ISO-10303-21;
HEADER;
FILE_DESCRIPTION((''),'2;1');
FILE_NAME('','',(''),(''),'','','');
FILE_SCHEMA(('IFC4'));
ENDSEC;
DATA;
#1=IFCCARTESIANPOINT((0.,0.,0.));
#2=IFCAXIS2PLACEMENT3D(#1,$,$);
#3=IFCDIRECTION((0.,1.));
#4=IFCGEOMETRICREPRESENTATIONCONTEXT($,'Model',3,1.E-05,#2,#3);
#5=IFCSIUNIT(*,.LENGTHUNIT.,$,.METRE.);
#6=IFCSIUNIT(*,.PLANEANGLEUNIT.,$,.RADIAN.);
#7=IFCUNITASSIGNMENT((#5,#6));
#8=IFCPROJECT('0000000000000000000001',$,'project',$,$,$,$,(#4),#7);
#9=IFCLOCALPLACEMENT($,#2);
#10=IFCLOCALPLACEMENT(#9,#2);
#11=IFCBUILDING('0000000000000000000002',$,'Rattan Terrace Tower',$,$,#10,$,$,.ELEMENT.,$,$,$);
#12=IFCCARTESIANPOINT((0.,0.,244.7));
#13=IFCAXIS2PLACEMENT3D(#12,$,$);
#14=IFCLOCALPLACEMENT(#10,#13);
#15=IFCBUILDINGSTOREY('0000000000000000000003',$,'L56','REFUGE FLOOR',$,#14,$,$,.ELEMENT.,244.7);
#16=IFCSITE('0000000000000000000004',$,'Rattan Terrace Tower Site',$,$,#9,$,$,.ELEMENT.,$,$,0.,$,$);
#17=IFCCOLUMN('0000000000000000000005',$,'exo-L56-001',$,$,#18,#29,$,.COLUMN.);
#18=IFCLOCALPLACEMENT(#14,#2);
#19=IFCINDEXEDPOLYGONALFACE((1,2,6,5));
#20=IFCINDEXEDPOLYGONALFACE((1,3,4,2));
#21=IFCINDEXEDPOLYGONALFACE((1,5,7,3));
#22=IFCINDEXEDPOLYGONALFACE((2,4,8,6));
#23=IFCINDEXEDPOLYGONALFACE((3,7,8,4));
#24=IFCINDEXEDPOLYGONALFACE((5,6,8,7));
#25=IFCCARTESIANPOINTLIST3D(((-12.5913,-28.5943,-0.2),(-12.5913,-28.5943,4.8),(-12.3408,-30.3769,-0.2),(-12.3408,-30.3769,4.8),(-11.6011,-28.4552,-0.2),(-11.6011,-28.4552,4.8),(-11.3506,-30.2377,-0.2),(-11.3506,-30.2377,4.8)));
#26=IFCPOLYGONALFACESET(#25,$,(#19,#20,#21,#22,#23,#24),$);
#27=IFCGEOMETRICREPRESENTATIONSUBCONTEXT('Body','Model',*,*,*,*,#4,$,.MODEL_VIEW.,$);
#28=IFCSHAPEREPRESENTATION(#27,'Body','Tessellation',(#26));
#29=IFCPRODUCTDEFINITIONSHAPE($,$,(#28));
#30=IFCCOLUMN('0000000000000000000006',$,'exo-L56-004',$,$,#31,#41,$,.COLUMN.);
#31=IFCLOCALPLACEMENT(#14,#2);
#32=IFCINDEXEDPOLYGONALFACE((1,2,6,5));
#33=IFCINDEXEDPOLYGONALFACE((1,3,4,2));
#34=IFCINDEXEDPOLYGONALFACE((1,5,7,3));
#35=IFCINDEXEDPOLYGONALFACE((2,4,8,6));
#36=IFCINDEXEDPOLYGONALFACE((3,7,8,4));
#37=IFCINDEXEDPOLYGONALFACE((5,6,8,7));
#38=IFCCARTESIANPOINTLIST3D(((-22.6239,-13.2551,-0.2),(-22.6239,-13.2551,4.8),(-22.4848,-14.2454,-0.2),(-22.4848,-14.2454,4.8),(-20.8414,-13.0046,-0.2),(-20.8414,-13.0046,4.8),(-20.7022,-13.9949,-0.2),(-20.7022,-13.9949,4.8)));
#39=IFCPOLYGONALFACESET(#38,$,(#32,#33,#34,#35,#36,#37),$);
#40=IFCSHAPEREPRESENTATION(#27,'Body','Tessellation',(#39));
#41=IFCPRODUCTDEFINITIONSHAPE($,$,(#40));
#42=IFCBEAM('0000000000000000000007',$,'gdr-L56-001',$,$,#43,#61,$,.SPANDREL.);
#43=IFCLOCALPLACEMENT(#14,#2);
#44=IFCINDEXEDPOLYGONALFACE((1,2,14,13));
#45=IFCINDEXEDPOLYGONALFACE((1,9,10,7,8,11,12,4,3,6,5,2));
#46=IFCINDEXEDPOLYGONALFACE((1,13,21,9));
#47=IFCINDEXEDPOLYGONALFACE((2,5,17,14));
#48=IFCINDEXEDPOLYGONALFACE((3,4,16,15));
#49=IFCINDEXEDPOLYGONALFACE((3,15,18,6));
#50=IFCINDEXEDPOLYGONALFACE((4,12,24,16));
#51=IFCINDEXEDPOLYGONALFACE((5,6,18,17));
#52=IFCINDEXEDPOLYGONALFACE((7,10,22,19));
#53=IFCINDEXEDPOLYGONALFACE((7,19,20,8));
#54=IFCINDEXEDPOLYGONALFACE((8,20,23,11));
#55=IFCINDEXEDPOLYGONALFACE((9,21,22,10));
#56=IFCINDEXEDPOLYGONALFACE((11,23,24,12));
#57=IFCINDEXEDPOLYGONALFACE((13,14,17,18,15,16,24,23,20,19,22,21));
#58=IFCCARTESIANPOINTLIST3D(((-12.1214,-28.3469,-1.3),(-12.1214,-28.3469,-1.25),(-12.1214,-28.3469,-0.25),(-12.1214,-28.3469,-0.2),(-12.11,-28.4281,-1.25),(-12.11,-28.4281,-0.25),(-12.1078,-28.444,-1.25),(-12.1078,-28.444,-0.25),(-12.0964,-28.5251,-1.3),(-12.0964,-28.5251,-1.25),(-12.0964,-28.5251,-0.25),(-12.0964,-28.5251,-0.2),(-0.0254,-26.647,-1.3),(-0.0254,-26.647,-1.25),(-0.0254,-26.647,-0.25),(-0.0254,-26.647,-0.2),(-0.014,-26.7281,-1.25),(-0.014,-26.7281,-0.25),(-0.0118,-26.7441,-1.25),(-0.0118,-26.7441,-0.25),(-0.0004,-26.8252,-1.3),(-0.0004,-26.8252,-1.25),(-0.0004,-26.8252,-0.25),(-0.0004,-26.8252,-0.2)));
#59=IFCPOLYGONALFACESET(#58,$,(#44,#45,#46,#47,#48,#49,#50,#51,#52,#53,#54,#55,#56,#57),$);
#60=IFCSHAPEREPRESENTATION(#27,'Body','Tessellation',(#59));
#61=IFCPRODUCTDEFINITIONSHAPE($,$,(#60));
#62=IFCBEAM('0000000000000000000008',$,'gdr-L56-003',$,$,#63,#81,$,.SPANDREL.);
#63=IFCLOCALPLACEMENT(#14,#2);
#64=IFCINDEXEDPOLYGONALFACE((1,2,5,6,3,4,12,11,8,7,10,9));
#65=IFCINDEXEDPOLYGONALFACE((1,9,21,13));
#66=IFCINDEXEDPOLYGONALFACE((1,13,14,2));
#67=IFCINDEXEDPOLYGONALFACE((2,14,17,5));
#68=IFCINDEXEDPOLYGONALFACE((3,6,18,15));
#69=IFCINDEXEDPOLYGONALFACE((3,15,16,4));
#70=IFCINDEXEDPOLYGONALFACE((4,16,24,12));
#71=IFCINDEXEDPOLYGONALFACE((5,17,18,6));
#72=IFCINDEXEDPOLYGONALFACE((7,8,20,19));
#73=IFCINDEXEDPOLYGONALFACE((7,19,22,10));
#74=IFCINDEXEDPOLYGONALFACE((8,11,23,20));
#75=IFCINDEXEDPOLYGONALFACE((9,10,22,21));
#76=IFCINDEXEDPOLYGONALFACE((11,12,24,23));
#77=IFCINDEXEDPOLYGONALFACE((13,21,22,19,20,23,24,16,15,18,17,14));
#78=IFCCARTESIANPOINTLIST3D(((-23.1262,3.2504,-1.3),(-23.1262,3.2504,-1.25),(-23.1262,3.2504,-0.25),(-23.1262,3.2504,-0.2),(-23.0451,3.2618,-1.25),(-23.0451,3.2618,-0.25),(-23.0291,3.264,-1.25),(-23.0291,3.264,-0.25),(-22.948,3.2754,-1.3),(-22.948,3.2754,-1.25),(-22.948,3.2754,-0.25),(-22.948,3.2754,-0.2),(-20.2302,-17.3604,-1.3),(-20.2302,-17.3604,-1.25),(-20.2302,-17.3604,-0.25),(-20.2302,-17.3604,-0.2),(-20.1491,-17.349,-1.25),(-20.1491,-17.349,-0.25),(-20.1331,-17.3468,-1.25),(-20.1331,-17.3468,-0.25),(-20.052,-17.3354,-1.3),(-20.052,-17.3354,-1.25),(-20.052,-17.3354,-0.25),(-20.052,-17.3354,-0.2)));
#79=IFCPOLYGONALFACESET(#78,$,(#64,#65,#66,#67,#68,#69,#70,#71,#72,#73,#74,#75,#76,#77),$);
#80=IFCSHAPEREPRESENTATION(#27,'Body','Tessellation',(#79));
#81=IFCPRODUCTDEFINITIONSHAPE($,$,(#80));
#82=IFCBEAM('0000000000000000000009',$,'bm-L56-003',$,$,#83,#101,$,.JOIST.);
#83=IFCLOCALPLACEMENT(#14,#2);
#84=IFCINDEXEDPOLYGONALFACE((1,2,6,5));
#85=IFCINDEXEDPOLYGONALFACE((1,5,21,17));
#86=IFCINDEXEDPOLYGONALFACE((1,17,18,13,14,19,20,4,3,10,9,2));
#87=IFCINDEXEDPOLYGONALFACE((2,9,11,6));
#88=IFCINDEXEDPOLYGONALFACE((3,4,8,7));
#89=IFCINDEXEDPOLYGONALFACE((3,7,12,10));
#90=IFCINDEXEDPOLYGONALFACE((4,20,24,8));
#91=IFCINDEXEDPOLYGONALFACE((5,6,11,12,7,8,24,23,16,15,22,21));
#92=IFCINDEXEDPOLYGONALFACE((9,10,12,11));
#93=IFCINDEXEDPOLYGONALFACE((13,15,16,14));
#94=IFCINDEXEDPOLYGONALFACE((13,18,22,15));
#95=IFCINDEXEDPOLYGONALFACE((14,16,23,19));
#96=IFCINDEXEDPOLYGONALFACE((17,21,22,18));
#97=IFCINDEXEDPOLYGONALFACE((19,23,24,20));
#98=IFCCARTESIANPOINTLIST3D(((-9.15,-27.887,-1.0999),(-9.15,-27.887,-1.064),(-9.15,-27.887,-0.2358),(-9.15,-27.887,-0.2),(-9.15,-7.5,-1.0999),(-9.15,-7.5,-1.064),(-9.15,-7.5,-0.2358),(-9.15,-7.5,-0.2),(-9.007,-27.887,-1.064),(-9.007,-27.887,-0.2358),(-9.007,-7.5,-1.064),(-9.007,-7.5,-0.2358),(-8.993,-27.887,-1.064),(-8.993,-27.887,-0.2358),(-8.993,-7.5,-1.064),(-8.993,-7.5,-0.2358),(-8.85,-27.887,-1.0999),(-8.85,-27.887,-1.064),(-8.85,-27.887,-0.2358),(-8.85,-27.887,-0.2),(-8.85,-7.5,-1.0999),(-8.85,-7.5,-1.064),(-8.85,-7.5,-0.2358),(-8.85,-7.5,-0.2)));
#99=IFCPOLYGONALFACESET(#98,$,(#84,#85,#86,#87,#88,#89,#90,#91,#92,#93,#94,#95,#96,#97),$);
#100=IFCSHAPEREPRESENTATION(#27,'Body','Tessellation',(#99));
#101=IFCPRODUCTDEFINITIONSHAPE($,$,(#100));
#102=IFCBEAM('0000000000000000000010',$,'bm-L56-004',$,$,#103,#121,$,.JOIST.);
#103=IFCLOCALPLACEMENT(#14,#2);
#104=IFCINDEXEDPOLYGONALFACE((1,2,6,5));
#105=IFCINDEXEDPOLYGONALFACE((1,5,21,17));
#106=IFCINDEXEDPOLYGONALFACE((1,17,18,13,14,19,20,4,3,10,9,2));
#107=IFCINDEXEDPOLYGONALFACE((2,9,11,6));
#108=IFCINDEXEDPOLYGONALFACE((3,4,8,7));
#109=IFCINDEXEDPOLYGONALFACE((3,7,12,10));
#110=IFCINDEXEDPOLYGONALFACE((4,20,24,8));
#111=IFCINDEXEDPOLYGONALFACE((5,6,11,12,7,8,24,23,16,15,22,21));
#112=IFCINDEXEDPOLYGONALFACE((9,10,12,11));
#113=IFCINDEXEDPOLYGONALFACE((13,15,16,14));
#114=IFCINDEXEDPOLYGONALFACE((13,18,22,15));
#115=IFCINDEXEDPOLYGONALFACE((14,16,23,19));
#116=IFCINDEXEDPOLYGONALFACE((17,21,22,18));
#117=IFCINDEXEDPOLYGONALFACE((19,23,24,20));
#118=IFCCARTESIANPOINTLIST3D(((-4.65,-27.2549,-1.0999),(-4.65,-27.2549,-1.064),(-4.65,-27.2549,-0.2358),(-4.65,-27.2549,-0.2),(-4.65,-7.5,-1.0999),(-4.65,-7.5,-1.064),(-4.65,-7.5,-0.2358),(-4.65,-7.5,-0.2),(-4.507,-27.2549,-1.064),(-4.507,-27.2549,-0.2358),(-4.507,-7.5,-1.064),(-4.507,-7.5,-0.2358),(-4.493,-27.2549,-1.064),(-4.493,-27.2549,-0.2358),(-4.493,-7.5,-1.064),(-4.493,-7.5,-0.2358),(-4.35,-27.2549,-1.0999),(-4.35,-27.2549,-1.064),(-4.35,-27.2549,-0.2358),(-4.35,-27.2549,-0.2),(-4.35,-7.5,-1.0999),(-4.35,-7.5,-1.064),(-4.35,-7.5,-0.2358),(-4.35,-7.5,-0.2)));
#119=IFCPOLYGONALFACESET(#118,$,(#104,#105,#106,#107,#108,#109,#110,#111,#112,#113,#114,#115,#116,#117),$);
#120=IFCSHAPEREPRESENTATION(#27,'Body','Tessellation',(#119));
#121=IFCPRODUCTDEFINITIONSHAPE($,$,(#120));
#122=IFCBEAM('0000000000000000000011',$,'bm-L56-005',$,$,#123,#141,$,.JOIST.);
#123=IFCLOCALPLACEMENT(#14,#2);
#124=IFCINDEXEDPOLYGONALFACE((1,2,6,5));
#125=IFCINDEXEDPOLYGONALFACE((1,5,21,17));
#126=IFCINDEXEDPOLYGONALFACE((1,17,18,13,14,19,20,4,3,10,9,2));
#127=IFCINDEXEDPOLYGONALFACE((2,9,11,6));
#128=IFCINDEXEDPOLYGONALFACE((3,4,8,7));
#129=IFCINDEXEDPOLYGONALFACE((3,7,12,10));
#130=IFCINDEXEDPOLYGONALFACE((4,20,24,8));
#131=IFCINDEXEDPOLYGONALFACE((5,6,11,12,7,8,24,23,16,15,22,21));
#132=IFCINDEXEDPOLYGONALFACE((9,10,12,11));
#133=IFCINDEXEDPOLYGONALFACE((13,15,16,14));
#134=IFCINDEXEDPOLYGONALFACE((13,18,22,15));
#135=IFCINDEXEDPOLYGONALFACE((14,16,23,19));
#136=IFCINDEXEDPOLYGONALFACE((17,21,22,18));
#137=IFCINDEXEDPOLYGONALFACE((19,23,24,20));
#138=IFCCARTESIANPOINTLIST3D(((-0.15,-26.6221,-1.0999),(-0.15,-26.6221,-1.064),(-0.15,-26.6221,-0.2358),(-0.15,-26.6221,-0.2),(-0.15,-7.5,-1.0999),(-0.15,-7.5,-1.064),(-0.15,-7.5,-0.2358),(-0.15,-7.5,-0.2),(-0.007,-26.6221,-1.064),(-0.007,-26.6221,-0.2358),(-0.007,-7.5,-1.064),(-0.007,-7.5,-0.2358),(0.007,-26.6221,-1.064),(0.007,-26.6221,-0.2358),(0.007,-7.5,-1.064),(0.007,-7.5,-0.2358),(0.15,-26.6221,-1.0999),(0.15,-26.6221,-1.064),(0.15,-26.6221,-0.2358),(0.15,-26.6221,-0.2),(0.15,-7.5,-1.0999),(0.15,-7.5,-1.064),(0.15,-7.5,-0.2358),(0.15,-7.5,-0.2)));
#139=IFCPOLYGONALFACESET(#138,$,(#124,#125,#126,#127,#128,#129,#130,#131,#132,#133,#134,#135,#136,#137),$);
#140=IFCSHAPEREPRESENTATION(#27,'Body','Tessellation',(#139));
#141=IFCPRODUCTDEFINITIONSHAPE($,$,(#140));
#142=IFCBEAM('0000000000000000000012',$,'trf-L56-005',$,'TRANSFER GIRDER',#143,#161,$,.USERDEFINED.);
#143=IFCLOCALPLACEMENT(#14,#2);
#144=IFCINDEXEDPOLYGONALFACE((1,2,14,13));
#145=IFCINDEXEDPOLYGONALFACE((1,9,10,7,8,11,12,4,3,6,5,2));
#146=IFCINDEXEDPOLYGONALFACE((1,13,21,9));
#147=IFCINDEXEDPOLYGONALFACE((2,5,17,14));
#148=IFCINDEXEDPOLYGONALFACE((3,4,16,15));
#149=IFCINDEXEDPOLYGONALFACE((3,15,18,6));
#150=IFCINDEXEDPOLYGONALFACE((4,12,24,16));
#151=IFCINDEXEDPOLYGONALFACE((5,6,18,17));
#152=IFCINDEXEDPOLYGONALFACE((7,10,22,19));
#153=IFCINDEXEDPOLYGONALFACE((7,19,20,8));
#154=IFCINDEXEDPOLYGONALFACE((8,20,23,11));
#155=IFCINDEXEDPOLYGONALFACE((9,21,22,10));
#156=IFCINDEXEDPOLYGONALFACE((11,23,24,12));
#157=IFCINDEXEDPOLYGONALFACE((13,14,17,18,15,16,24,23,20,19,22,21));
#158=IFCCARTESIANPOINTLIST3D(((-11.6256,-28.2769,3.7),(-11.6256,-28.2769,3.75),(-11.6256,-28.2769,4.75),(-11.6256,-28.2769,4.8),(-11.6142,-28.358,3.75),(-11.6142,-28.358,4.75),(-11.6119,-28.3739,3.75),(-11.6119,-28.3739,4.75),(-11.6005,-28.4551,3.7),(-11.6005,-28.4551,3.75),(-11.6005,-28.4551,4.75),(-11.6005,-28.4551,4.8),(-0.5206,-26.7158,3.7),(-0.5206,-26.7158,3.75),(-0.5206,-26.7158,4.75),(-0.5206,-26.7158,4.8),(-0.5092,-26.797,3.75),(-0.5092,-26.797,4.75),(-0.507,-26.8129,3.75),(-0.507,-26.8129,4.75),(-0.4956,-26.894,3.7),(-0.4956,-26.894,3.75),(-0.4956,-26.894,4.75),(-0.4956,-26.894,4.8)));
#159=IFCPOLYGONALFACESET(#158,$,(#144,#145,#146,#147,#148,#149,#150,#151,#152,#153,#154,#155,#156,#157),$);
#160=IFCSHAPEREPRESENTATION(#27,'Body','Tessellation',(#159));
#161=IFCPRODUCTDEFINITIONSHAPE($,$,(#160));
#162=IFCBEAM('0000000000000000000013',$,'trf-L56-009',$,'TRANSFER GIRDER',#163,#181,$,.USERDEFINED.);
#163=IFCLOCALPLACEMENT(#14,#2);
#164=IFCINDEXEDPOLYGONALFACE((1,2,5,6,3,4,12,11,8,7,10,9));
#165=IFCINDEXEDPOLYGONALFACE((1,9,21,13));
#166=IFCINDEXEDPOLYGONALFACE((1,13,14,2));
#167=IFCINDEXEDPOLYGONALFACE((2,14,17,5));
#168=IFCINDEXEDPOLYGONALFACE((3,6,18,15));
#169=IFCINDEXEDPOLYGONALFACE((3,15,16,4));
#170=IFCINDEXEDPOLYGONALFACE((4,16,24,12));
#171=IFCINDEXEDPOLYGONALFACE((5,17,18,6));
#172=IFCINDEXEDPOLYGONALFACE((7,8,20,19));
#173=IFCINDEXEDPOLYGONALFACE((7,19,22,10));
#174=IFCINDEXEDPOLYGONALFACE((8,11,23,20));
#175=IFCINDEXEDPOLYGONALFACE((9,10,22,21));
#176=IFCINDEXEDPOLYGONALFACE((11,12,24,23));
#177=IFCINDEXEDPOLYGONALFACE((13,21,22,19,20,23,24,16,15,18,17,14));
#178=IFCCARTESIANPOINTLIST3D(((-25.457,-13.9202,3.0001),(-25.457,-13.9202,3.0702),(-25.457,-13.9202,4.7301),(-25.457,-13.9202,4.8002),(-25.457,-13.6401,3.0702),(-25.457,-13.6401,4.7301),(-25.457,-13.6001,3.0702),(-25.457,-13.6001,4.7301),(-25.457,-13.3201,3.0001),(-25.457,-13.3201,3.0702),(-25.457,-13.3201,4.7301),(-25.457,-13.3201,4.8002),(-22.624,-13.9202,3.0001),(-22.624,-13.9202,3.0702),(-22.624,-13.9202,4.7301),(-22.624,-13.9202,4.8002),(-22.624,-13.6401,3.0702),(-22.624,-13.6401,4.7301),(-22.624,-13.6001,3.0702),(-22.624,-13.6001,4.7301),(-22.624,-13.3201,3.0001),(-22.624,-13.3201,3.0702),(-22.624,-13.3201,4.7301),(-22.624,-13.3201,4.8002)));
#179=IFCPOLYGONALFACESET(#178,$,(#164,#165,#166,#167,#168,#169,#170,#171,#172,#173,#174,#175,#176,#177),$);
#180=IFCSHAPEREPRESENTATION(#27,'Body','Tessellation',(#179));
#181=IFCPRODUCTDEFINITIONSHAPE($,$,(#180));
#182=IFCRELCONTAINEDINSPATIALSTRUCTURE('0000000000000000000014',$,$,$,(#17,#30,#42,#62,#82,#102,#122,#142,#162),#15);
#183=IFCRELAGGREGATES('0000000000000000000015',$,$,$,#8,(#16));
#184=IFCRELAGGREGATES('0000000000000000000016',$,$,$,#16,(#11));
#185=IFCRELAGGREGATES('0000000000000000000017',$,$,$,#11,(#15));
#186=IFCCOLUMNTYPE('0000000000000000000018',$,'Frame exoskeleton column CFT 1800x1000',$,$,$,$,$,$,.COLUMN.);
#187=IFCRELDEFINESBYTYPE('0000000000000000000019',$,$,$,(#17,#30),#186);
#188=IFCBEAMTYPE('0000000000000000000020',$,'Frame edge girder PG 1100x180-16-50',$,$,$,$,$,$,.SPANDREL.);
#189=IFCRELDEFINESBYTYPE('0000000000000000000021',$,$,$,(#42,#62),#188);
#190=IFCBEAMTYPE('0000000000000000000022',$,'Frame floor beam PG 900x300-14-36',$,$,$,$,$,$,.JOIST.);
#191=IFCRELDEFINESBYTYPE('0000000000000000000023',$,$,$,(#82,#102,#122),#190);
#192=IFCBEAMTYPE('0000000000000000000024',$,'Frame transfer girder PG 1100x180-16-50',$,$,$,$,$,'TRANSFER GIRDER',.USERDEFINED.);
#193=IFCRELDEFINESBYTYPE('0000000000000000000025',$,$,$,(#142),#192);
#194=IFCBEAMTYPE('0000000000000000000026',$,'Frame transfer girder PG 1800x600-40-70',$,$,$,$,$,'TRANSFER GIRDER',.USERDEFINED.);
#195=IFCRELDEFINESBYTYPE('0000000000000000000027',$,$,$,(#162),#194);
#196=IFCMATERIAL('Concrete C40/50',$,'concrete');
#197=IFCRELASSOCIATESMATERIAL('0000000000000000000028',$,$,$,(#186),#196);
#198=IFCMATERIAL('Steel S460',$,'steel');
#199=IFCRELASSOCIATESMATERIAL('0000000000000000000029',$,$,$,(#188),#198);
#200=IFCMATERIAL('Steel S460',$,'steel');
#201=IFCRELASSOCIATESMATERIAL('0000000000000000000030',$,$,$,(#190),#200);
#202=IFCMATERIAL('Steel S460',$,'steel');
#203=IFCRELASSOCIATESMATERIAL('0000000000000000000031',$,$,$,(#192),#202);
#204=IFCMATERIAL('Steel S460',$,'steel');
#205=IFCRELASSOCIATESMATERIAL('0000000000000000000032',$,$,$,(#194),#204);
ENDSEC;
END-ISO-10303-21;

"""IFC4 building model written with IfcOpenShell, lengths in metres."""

from ifc_helpers import new_model, si_unit, direction, frame, origin, origin_2d, place, context, subcontext, project, spatial, rectangle, i_section, extrude, material, material_profile, profile_set, type_object, element, save


model = new_model("IFC4")

# Units and contexts
model_context = context("Model", 3, precision=1e-05, world=origin(), true_north=direction((0.0, 1.0)))
body_context = subcontext(model_context, "Body", "Model", "MODEL_VIEW")
ifc_project = project(units=[si_unit("LENGTHUNIT", "METRE"), si_unit("PLANEANGLEUNIT", "RADIAN")], contexts=[model_context])

# Site, building, storey
site_placement = place(None, origin())
site = spatial("IfcSite", under=ifc_project, at=site_placement, Name="Rattan Terrace Tower Site", CompositionType="ELEMENT", RefElevation=0.0)
building_placement = place(site_placement, origin())
building = spatial("IfcBuilding", under=site, at=building_placement, Name="Rattan Terrace Tower", CompositionType="ELEMENT")
storey_placement = place(building_placement, frame((0.0, 0.0, 244.7)))
storey = spatial("IfcBuildingStorey", under=building, at=storey_placement, Name="L56", Description="REFUGE FLOOR", CompositionType="ELEMENT", Elevation=244.7)

# Columns
ifc_material_1 = material(Name="Concrete C40/50", Category="concrete")
ifc_material_profile_1 = material_profile(ifc_material_1, rectangle(XDim=1.0, YDim=1.8, at=origin_2d()), Name="CFT 1800x1000")
ifc_profile_set_1 = profile_set([ifc_material_profile_1], Name="Concrete C40/50")
column_type = type_object("IfcColumnType", Name="Frame exoskeleton column CFT 1800x1000", PredefinedType="COLUMN", material=ifc_profile_set_1)
for number, where, z_axis, x_axis, name in (
    (1, (-11.9709, -29.416, -0.2), (0.0, 0.0, 1.0), (0.990268, 0.139173, 0.0), "exo-L56-001"),
    (2, (-21.6631, -13.625, -0.2), (0.0, 0.0, 1.0), (-0.13919, 0.990266, 0.0), "exo-L56-004"),
):
    element("IfcColumn", number, at=place(storey_placement, frame(where, z_axis=z_axis, x_axis=x_axis)), inside=storey, type_object=column_type, Name=name, PredefinedType="COLUMN", context=body_context, shape_type="SweptSolid", body=[
        extrude(rectangle(XDim=1.0, YDim=1.8, at=origin_2d()), origin(), (0.0, 0.0, 1.0), 5.0),
    ])

# Beams
ifc_material_2 = material(Name="Steel S460", Category="steel")
ifc_material_profile_2 = material_profile(ifc_material_2, i_section(OverallWidth=0.1799, OverallDepth=1.1001, WebThickness=0.0161, FlangeThickness=0.05, at=origin_2d()), Name="PG 1100x180-16-50")
ifc_profile_set_2 = profile_set([ifc_material_profile_2], Name="Steel S460")
beam_type_1 = type_object("IfcBeamType", Name="Frame edge girder PG 1100x180-16-50", PredefinedType="SPANDREL", material=ifc_profile_set_2)
beam_1_placement = place(storey_placement, frame((-12.1089, -28.436, -0.75), z_axis=(0.990268, 0.139171, 0.0), x_axis=(-0.139171, 0.990268, 0.0)))
element("IfcBeam", 3, at=beam_1_placement, inside=storey, type_object=beam_type_1, Name="gdr-L56-001", PredefinedType="SPANDREL", context=body_context, shape_type="SweptSolid", body=[
    extrude(i_section(OverallWidth=0.1799, OverallDepth=1.1001, WebThickness=0.0161, FlangeThickness=0.05, at=origin_2d()), origin(), (0.0, 0.0, 1.0), 12.2148),
])
beam_2_placement = place(storey_placement, frame((-20.1411, -17.3479, -0.75), z_axis=(-0.139142, 0.990272, 0.0), x_axis=(-0.990272, -0.139142, 0.0)))
element("IfcBeam", 4, at=beam_2_placement, inside=storey, type_object=beam_type_1, Name="gdr-L56-003", PredefinedType="SPANDREL", context=body_context, shape_type="SweptSolid", body=[
    extrude(i_section(OverallWidth=0.1799, OverallDepth=1.1001, WebThickness=0.0161, FlangeThickness=0.05, at=origin_2d()), origin(), (0.0, 0.0, 1.0), 20.8132),
])
ifc_material_3 = material(Name="Steel S460", Category="steel")
ifc_material_profile_3 = material_profile(ifc_material_3, i_section(OverallWidth=0.3, OverallDepth=0.8999, WebThickness=0.0139, FlangeThickness=0.0359, at=origin_2d()), Name="PG 900x300-14-36")
ifc_profile_set_3 = profile_set([ifc_material_profile_3], Name="Steel S460")
beam_type_2 = type_object("IfcBeamType", Name="Frame floor beam PG 900x300-14-36", PredefinedType="JOIST", material=ifc_profile_set_3)
beam_3_placement = place(storey_placement, frame((-9.0, -27.887, -0.6499), z_axis=(0.0, 1.0, 0.0), x_axis=(-1.0, 0.0, 0.0)))
element("IfcBeam", 5, at=beam_3_placement, inside=storey, type_object=beam_type_2, Name="bm-L56-003", PredefinedType="JOIST", context=body_context, shape_type="SweptSolid", body=[
    extrude(i_section(OverallWidth=0.3, OverallDepth=0.8999, WebThickness=0.0139, FlangeThickness=0.0359, at=origin_2d()), origin(), (0.0, 0.0, 1.0), 20.387),
])
beam_4_placement = place(storey_placement, frame((-4.5, -27.2549, -0.6499), z_axis=(0.0, 1.0, 0.0), x_axis=(-1.0, 0.0, 0.0)))
element("IfcBeam", 6, at=beam_4_placement, inside=storey, type_object=beam_type_2, Name="bm-L56-004", PredefinedType="JOIST", context=body_context, shape_type="SweptSolid", body=[
    extrude(i_section(OverallWidth=0.3, OverallDepth=0.8999, WebThickness=0.0139, FlangeThickness=0.0359, at=origin_2d()), origin(), (0.0, 0.0, 1.0), 19.7549),
])
beam_5_placement = place(storey_placement, frame((0.0, -26.6221, -0.6499), z_axis=(0.0, 1.0, 0.0), x_axis=(-1.0, 0.0, 0.0)))
element("IfcBeam", 7, at=beam_5_placement, inside=storey, type_object=beam_type_2, Name="bm-L56-005", PredefinedType="JOIST", context=body_context, shape_type="SweptSolid", body=[
    extrude(i_section(OverallWidth=0.3, OverallDepth=0.8999, WebThickness=0.0139, FlangeThickness=0.0359, at=origin_2d()), origin(), (0.0, 0.0, 1.0), 19.1221),
])
ifc_material_4 = material(Name="Steel S460", Category="steel")
ifc_material_profile_4 = material_profile(ifc_material_4, i_section(OverallWidth=0.1799, OverallDepth=1.1001, WebThickness=0.0161, FlangeThickness=0.05, at=origin_2d()), Name="PG 1100x180-16-50")
ifc_profile_set_4 = profile_set([ifc_material_profile_4], Name="Steel S460")
beam_type_3 = type_object("IfcBeamType", Name="Frame transfer girder PG 1100x180-16-50", ElementType="TRANSFER GIRDER", PredefinedType="USERDEFINED", material=ifc_profile_set_4)
beam_6_placement = place(storey_placement, frame((-11.613, -28.366, 4.25), z_axis=(0.990264, 0.139202, 0.0), x_axis=(-0.139202, 0.990264, 0.0)))
element("IfcBeam", 8, at=beam_6_placement, inside=storey, type_object=beam_type_3, Name="trf-L56-005", ObjectType="TRANSFER GIRDER", PredefinedType="USERDEFINED", context=body_context, shape_type="SweptSolid", body=[
    extrude(i_section(OverallWidth=0.1799, OverallDepth=1.1001, WebThickness=0.0161, FlangeThickness=0.05, at=origin_2d()), origin(), (0.0, 0.0, 1.0), 11.2141),
])
ifc_material_5 = material(Name="Steel S460", Category="steel")
ifc_material_profile_5 = material_profile(ifc_material_5, i_section(OverallWidth=0.6001, OverallDepth=1.8, WebThickness=0.04, FlangeThickness=0.0701, at=origin_2d()), Name="PG 1800x600-40-70")
ifc_profile_set_5 = profile_set([ifc_material_profile_5], Name="Steel S460")
beam_type_4 = type_object("IfcBeamType", Name="Frame transfer girder PG 1800x600-40-70", ElementType="TRANSFER GIRDER", PredefinedType="USERDEFINED", material=ifc_profile_set_5)
beam_7_placement = place(storey_placement, frame((-25.457, -13.6201, 3.9001), z_axis=(1.0, 0.0, 0.0), x_axis=(0.0, 1.0, 0.0)))
element("IfcBeam", 9, at=beam_7_placement, inside=storey, type_object=beam_type_4, Name="trf-L56-009", ObjectType="TRANSFER GIRDER", PredefinedType="USERDEFINED", context=body_context, shape_type="SweptSolid", body=[
    extrude(i_section(OverallWidth=0.6001, OverallDepth=1.8, WebThickness=0.04, FlangeThickness=0.0701, at=origin_2d()), origin(), (0.0, 0.0, 1.0), 2.833),
])

save(model, "model.ifc")
